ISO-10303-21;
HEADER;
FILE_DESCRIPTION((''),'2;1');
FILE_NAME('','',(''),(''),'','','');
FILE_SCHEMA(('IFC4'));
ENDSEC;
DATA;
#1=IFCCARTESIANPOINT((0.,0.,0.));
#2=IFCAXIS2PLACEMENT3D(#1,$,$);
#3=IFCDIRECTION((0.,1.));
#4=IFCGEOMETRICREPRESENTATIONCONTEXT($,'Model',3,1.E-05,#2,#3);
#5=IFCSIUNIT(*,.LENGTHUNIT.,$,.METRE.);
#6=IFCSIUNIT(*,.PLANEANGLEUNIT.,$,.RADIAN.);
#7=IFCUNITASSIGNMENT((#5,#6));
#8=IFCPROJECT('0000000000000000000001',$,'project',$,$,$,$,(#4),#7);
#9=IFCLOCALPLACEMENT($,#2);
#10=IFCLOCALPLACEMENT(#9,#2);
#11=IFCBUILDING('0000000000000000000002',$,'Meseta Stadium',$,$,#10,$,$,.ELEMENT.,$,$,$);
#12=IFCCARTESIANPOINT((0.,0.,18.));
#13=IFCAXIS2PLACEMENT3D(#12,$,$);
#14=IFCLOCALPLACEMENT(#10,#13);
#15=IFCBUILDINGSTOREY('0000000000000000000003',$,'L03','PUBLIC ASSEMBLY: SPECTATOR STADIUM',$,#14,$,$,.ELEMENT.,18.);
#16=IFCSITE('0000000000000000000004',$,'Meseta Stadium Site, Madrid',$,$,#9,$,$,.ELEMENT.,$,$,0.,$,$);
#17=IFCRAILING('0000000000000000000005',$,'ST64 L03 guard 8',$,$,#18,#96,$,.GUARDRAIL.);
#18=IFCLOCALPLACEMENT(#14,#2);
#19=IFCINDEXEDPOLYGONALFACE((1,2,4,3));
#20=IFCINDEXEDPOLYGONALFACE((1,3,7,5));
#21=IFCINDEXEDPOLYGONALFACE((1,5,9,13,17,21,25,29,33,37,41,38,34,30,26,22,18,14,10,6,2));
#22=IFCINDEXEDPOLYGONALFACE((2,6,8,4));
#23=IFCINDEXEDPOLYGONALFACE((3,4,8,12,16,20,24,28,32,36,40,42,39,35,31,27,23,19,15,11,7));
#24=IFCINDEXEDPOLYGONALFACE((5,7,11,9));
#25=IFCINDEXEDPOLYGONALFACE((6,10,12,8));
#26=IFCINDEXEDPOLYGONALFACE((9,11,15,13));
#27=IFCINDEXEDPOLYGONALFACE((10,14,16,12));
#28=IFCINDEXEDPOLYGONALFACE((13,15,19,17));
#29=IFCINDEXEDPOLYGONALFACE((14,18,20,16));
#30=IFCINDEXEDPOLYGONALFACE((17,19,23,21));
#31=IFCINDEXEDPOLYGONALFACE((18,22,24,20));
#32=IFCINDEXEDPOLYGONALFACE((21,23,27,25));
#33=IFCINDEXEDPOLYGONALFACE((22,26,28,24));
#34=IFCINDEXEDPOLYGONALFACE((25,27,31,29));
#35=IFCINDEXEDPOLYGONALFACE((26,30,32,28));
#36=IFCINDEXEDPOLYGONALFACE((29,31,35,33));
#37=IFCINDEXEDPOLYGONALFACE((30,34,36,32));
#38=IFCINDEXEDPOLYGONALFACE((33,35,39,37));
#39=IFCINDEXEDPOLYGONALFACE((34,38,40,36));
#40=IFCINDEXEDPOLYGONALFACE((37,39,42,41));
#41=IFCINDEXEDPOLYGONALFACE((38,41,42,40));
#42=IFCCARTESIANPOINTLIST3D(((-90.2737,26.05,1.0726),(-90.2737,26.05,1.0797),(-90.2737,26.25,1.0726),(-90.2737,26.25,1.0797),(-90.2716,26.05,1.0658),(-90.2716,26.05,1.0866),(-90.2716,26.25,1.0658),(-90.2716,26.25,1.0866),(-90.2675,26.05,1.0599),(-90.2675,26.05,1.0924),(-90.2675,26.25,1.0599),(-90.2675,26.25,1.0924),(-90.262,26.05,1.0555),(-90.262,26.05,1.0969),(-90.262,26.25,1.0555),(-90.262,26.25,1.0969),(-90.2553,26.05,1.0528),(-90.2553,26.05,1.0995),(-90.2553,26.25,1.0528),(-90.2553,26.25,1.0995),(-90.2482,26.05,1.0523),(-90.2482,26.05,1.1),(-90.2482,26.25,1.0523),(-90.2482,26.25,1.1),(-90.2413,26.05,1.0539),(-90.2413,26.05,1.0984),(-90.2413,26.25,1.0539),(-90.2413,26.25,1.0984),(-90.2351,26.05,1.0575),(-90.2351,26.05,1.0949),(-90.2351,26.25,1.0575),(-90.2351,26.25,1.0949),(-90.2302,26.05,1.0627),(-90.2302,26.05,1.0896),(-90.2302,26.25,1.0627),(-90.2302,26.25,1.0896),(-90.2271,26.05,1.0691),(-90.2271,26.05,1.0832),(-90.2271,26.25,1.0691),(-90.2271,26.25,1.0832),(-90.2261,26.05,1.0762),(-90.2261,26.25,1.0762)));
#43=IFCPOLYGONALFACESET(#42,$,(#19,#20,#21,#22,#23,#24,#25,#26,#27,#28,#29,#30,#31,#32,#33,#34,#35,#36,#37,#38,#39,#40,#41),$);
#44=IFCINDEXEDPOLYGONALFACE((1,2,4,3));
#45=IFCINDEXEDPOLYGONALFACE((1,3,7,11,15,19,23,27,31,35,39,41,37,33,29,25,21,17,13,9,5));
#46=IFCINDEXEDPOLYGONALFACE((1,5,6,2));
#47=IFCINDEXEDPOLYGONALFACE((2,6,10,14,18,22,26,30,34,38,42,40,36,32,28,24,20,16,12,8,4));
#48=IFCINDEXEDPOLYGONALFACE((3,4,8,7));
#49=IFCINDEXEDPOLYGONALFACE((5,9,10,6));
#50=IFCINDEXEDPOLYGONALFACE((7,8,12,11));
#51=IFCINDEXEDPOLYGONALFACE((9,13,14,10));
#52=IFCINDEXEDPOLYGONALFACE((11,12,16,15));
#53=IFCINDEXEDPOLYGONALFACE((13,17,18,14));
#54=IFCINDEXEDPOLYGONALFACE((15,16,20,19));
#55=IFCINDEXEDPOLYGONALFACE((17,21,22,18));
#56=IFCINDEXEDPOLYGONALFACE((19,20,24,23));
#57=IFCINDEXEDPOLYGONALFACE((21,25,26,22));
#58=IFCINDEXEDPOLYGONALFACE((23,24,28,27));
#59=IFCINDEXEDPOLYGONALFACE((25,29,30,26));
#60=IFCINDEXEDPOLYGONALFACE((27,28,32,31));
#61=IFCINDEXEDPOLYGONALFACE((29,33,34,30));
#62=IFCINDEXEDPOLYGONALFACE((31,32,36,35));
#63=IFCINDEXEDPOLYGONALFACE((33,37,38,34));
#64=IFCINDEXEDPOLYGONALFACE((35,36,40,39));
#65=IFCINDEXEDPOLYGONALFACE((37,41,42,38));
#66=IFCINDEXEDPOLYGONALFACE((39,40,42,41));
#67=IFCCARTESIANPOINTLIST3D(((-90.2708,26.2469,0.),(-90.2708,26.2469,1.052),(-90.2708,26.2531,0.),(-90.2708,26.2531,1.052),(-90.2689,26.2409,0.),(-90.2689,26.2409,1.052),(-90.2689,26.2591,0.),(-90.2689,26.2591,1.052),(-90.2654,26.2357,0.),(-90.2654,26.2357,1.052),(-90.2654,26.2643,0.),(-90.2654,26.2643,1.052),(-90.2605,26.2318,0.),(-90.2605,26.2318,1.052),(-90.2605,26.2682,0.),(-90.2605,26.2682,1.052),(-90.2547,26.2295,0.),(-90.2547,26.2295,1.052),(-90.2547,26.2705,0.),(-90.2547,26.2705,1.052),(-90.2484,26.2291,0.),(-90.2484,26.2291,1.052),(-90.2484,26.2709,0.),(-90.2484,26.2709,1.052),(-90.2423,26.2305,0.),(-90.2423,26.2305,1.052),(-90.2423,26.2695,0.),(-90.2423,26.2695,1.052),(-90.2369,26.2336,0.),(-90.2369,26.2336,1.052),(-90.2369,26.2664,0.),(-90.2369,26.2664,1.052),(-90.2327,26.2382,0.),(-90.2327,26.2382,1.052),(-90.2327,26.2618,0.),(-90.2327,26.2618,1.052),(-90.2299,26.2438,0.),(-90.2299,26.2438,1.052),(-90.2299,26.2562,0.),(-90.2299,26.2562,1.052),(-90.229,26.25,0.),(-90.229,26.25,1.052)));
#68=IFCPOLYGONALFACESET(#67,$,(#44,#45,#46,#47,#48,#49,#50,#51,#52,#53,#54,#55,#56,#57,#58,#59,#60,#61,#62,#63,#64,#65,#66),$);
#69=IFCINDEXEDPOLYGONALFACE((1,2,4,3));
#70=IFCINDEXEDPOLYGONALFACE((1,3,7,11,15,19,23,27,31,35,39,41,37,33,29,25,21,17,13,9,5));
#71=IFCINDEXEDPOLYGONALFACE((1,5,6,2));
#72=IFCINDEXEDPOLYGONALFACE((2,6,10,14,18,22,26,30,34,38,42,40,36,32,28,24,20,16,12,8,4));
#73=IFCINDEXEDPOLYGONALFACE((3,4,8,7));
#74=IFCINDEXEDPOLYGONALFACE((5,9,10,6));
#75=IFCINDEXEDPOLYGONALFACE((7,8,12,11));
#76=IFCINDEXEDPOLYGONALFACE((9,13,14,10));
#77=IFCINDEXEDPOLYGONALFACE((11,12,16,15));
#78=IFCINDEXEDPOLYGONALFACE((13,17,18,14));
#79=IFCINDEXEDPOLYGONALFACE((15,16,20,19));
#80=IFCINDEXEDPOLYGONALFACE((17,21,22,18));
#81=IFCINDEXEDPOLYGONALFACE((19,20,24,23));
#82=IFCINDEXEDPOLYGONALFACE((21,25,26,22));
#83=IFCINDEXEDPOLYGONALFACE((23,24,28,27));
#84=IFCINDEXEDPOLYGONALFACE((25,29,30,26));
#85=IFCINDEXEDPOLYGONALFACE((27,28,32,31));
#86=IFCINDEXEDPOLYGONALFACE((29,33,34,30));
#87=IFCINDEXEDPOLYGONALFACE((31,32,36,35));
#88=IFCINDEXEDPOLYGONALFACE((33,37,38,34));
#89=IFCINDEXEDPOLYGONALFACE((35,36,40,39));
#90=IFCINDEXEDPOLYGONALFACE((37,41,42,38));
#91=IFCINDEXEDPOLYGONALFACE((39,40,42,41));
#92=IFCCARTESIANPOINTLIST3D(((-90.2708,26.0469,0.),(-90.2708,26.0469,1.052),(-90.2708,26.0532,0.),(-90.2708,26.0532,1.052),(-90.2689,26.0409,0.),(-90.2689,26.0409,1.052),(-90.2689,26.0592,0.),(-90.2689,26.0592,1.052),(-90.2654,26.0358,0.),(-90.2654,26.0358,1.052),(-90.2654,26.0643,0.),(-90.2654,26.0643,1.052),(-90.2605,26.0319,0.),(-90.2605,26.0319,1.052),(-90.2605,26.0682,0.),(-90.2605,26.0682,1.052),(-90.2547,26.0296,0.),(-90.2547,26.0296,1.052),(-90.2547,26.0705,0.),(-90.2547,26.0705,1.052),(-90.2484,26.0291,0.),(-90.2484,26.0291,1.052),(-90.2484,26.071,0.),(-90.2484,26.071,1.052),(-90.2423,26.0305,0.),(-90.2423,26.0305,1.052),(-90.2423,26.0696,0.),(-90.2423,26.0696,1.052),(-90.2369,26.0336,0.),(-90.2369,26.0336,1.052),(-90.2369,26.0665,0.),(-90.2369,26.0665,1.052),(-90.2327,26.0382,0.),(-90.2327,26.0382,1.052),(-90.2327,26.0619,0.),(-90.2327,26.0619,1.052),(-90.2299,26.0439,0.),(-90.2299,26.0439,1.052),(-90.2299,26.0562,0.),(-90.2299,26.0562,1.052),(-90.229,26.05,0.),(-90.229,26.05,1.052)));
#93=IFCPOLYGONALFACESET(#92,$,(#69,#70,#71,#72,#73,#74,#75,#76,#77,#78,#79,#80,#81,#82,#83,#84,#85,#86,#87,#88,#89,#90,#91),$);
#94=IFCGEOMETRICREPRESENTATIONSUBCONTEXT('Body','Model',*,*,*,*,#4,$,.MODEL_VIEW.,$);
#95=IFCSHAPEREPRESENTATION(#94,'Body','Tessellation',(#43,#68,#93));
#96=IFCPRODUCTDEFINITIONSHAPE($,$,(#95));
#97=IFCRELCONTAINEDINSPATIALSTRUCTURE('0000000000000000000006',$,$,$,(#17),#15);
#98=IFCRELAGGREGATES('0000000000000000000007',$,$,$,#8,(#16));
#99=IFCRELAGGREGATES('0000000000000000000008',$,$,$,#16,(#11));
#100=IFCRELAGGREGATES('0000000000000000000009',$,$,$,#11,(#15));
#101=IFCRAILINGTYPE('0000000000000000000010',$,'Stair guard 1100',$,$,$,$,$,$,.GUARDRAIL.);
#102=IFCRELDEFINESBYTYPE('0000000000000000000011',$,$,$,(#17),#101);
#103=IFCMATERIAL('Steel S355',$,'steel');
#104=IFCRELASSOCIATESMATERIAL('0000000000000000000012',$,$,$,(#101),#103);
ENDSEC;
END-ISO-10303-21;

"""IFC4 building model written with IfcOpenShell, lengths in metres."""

from ifc_helpers import new_model, si_unit, direction, frame, origin, origin_2d, place, context, subcontext, project, spatial, circle, extrude, material, type_object, element, save


model = new_model("IFC4")

# Units and contexts
model_context = context("Model", 3, precision=1e-05, world=origin(), true_north=direction((0.0, 1.0)))
body_context = subcontext(model_context, "Body", "Model", "MODEL_VIEW")
ifc_project = project(units=[si_unit("LENGTHUNIT", "METRE"), si_unit("PLANEANGLEUNIT", "RADIAN")], contexts=[model_context])

# Site, building, storey
site_placement = place(None, origin())
site = spatial("IfcSite", under=ifc_project, at=site_placement, Name="Meseta Stadium Site, Madrid", CompositionType="ELEMENT", RefElevation=0.0)
building_placement = place(site_placement, origin())
building = spatial("IfcBuilding", under=site, at=building_placement, Name="Meseta Stadium", CompositionType="ELEMENT")
storey_placement = place(building_placement, frame((0.0, 0.0, 18.0)))
storey = spatial("IfcBuildingStorey", under=building, at=storey_placement, Name="L03", Description="PUBLIC ASSEMBLY: SPECTATOR STADIUM", CompositionType="ELEMENT", Elevation=18.0)

# Railing
ifc_material_1 = material(Name="Steel S355", Category="steel")
railing_type_1 = type_object("IfcRailingType", Name="Stair guard 1100", PredefinedType="GUARDRAIL", material=ifc_material_1)
railing_1_placement = place(storey_placement, frame((-90.25, 26.25, 0.0)))
element("IfcRailing", 1, at=railing_1_placement, inside=storey, type_object=railing_type_1, Name="ST64 L03 guard 8", PredefinedType="GUARDRAIL", context=body_context, shape_type="SweptSolid", body=[
    extrude(circle(Radius=0.0239, at=origin_2d()), frame((0.0, 0.0, 1.0762), z_axis=(0.0, -1.0, 0.0), x_axis=(1.0, 0.0, 0.0)), (0.0, 0.0, 1.0), 0.2),
    extrude(circle(Radius=0.021, at=origin_2d()), origin(), (0.0, 0.0, 1.0), 1.052),
    extrude(circle(Radius=0.021, at=origin_2d()), frame((0.0, -0.2, 0.0)), (0.0, 0.0, 1.0), 1.052),
])

save(model, "model.ifc")
